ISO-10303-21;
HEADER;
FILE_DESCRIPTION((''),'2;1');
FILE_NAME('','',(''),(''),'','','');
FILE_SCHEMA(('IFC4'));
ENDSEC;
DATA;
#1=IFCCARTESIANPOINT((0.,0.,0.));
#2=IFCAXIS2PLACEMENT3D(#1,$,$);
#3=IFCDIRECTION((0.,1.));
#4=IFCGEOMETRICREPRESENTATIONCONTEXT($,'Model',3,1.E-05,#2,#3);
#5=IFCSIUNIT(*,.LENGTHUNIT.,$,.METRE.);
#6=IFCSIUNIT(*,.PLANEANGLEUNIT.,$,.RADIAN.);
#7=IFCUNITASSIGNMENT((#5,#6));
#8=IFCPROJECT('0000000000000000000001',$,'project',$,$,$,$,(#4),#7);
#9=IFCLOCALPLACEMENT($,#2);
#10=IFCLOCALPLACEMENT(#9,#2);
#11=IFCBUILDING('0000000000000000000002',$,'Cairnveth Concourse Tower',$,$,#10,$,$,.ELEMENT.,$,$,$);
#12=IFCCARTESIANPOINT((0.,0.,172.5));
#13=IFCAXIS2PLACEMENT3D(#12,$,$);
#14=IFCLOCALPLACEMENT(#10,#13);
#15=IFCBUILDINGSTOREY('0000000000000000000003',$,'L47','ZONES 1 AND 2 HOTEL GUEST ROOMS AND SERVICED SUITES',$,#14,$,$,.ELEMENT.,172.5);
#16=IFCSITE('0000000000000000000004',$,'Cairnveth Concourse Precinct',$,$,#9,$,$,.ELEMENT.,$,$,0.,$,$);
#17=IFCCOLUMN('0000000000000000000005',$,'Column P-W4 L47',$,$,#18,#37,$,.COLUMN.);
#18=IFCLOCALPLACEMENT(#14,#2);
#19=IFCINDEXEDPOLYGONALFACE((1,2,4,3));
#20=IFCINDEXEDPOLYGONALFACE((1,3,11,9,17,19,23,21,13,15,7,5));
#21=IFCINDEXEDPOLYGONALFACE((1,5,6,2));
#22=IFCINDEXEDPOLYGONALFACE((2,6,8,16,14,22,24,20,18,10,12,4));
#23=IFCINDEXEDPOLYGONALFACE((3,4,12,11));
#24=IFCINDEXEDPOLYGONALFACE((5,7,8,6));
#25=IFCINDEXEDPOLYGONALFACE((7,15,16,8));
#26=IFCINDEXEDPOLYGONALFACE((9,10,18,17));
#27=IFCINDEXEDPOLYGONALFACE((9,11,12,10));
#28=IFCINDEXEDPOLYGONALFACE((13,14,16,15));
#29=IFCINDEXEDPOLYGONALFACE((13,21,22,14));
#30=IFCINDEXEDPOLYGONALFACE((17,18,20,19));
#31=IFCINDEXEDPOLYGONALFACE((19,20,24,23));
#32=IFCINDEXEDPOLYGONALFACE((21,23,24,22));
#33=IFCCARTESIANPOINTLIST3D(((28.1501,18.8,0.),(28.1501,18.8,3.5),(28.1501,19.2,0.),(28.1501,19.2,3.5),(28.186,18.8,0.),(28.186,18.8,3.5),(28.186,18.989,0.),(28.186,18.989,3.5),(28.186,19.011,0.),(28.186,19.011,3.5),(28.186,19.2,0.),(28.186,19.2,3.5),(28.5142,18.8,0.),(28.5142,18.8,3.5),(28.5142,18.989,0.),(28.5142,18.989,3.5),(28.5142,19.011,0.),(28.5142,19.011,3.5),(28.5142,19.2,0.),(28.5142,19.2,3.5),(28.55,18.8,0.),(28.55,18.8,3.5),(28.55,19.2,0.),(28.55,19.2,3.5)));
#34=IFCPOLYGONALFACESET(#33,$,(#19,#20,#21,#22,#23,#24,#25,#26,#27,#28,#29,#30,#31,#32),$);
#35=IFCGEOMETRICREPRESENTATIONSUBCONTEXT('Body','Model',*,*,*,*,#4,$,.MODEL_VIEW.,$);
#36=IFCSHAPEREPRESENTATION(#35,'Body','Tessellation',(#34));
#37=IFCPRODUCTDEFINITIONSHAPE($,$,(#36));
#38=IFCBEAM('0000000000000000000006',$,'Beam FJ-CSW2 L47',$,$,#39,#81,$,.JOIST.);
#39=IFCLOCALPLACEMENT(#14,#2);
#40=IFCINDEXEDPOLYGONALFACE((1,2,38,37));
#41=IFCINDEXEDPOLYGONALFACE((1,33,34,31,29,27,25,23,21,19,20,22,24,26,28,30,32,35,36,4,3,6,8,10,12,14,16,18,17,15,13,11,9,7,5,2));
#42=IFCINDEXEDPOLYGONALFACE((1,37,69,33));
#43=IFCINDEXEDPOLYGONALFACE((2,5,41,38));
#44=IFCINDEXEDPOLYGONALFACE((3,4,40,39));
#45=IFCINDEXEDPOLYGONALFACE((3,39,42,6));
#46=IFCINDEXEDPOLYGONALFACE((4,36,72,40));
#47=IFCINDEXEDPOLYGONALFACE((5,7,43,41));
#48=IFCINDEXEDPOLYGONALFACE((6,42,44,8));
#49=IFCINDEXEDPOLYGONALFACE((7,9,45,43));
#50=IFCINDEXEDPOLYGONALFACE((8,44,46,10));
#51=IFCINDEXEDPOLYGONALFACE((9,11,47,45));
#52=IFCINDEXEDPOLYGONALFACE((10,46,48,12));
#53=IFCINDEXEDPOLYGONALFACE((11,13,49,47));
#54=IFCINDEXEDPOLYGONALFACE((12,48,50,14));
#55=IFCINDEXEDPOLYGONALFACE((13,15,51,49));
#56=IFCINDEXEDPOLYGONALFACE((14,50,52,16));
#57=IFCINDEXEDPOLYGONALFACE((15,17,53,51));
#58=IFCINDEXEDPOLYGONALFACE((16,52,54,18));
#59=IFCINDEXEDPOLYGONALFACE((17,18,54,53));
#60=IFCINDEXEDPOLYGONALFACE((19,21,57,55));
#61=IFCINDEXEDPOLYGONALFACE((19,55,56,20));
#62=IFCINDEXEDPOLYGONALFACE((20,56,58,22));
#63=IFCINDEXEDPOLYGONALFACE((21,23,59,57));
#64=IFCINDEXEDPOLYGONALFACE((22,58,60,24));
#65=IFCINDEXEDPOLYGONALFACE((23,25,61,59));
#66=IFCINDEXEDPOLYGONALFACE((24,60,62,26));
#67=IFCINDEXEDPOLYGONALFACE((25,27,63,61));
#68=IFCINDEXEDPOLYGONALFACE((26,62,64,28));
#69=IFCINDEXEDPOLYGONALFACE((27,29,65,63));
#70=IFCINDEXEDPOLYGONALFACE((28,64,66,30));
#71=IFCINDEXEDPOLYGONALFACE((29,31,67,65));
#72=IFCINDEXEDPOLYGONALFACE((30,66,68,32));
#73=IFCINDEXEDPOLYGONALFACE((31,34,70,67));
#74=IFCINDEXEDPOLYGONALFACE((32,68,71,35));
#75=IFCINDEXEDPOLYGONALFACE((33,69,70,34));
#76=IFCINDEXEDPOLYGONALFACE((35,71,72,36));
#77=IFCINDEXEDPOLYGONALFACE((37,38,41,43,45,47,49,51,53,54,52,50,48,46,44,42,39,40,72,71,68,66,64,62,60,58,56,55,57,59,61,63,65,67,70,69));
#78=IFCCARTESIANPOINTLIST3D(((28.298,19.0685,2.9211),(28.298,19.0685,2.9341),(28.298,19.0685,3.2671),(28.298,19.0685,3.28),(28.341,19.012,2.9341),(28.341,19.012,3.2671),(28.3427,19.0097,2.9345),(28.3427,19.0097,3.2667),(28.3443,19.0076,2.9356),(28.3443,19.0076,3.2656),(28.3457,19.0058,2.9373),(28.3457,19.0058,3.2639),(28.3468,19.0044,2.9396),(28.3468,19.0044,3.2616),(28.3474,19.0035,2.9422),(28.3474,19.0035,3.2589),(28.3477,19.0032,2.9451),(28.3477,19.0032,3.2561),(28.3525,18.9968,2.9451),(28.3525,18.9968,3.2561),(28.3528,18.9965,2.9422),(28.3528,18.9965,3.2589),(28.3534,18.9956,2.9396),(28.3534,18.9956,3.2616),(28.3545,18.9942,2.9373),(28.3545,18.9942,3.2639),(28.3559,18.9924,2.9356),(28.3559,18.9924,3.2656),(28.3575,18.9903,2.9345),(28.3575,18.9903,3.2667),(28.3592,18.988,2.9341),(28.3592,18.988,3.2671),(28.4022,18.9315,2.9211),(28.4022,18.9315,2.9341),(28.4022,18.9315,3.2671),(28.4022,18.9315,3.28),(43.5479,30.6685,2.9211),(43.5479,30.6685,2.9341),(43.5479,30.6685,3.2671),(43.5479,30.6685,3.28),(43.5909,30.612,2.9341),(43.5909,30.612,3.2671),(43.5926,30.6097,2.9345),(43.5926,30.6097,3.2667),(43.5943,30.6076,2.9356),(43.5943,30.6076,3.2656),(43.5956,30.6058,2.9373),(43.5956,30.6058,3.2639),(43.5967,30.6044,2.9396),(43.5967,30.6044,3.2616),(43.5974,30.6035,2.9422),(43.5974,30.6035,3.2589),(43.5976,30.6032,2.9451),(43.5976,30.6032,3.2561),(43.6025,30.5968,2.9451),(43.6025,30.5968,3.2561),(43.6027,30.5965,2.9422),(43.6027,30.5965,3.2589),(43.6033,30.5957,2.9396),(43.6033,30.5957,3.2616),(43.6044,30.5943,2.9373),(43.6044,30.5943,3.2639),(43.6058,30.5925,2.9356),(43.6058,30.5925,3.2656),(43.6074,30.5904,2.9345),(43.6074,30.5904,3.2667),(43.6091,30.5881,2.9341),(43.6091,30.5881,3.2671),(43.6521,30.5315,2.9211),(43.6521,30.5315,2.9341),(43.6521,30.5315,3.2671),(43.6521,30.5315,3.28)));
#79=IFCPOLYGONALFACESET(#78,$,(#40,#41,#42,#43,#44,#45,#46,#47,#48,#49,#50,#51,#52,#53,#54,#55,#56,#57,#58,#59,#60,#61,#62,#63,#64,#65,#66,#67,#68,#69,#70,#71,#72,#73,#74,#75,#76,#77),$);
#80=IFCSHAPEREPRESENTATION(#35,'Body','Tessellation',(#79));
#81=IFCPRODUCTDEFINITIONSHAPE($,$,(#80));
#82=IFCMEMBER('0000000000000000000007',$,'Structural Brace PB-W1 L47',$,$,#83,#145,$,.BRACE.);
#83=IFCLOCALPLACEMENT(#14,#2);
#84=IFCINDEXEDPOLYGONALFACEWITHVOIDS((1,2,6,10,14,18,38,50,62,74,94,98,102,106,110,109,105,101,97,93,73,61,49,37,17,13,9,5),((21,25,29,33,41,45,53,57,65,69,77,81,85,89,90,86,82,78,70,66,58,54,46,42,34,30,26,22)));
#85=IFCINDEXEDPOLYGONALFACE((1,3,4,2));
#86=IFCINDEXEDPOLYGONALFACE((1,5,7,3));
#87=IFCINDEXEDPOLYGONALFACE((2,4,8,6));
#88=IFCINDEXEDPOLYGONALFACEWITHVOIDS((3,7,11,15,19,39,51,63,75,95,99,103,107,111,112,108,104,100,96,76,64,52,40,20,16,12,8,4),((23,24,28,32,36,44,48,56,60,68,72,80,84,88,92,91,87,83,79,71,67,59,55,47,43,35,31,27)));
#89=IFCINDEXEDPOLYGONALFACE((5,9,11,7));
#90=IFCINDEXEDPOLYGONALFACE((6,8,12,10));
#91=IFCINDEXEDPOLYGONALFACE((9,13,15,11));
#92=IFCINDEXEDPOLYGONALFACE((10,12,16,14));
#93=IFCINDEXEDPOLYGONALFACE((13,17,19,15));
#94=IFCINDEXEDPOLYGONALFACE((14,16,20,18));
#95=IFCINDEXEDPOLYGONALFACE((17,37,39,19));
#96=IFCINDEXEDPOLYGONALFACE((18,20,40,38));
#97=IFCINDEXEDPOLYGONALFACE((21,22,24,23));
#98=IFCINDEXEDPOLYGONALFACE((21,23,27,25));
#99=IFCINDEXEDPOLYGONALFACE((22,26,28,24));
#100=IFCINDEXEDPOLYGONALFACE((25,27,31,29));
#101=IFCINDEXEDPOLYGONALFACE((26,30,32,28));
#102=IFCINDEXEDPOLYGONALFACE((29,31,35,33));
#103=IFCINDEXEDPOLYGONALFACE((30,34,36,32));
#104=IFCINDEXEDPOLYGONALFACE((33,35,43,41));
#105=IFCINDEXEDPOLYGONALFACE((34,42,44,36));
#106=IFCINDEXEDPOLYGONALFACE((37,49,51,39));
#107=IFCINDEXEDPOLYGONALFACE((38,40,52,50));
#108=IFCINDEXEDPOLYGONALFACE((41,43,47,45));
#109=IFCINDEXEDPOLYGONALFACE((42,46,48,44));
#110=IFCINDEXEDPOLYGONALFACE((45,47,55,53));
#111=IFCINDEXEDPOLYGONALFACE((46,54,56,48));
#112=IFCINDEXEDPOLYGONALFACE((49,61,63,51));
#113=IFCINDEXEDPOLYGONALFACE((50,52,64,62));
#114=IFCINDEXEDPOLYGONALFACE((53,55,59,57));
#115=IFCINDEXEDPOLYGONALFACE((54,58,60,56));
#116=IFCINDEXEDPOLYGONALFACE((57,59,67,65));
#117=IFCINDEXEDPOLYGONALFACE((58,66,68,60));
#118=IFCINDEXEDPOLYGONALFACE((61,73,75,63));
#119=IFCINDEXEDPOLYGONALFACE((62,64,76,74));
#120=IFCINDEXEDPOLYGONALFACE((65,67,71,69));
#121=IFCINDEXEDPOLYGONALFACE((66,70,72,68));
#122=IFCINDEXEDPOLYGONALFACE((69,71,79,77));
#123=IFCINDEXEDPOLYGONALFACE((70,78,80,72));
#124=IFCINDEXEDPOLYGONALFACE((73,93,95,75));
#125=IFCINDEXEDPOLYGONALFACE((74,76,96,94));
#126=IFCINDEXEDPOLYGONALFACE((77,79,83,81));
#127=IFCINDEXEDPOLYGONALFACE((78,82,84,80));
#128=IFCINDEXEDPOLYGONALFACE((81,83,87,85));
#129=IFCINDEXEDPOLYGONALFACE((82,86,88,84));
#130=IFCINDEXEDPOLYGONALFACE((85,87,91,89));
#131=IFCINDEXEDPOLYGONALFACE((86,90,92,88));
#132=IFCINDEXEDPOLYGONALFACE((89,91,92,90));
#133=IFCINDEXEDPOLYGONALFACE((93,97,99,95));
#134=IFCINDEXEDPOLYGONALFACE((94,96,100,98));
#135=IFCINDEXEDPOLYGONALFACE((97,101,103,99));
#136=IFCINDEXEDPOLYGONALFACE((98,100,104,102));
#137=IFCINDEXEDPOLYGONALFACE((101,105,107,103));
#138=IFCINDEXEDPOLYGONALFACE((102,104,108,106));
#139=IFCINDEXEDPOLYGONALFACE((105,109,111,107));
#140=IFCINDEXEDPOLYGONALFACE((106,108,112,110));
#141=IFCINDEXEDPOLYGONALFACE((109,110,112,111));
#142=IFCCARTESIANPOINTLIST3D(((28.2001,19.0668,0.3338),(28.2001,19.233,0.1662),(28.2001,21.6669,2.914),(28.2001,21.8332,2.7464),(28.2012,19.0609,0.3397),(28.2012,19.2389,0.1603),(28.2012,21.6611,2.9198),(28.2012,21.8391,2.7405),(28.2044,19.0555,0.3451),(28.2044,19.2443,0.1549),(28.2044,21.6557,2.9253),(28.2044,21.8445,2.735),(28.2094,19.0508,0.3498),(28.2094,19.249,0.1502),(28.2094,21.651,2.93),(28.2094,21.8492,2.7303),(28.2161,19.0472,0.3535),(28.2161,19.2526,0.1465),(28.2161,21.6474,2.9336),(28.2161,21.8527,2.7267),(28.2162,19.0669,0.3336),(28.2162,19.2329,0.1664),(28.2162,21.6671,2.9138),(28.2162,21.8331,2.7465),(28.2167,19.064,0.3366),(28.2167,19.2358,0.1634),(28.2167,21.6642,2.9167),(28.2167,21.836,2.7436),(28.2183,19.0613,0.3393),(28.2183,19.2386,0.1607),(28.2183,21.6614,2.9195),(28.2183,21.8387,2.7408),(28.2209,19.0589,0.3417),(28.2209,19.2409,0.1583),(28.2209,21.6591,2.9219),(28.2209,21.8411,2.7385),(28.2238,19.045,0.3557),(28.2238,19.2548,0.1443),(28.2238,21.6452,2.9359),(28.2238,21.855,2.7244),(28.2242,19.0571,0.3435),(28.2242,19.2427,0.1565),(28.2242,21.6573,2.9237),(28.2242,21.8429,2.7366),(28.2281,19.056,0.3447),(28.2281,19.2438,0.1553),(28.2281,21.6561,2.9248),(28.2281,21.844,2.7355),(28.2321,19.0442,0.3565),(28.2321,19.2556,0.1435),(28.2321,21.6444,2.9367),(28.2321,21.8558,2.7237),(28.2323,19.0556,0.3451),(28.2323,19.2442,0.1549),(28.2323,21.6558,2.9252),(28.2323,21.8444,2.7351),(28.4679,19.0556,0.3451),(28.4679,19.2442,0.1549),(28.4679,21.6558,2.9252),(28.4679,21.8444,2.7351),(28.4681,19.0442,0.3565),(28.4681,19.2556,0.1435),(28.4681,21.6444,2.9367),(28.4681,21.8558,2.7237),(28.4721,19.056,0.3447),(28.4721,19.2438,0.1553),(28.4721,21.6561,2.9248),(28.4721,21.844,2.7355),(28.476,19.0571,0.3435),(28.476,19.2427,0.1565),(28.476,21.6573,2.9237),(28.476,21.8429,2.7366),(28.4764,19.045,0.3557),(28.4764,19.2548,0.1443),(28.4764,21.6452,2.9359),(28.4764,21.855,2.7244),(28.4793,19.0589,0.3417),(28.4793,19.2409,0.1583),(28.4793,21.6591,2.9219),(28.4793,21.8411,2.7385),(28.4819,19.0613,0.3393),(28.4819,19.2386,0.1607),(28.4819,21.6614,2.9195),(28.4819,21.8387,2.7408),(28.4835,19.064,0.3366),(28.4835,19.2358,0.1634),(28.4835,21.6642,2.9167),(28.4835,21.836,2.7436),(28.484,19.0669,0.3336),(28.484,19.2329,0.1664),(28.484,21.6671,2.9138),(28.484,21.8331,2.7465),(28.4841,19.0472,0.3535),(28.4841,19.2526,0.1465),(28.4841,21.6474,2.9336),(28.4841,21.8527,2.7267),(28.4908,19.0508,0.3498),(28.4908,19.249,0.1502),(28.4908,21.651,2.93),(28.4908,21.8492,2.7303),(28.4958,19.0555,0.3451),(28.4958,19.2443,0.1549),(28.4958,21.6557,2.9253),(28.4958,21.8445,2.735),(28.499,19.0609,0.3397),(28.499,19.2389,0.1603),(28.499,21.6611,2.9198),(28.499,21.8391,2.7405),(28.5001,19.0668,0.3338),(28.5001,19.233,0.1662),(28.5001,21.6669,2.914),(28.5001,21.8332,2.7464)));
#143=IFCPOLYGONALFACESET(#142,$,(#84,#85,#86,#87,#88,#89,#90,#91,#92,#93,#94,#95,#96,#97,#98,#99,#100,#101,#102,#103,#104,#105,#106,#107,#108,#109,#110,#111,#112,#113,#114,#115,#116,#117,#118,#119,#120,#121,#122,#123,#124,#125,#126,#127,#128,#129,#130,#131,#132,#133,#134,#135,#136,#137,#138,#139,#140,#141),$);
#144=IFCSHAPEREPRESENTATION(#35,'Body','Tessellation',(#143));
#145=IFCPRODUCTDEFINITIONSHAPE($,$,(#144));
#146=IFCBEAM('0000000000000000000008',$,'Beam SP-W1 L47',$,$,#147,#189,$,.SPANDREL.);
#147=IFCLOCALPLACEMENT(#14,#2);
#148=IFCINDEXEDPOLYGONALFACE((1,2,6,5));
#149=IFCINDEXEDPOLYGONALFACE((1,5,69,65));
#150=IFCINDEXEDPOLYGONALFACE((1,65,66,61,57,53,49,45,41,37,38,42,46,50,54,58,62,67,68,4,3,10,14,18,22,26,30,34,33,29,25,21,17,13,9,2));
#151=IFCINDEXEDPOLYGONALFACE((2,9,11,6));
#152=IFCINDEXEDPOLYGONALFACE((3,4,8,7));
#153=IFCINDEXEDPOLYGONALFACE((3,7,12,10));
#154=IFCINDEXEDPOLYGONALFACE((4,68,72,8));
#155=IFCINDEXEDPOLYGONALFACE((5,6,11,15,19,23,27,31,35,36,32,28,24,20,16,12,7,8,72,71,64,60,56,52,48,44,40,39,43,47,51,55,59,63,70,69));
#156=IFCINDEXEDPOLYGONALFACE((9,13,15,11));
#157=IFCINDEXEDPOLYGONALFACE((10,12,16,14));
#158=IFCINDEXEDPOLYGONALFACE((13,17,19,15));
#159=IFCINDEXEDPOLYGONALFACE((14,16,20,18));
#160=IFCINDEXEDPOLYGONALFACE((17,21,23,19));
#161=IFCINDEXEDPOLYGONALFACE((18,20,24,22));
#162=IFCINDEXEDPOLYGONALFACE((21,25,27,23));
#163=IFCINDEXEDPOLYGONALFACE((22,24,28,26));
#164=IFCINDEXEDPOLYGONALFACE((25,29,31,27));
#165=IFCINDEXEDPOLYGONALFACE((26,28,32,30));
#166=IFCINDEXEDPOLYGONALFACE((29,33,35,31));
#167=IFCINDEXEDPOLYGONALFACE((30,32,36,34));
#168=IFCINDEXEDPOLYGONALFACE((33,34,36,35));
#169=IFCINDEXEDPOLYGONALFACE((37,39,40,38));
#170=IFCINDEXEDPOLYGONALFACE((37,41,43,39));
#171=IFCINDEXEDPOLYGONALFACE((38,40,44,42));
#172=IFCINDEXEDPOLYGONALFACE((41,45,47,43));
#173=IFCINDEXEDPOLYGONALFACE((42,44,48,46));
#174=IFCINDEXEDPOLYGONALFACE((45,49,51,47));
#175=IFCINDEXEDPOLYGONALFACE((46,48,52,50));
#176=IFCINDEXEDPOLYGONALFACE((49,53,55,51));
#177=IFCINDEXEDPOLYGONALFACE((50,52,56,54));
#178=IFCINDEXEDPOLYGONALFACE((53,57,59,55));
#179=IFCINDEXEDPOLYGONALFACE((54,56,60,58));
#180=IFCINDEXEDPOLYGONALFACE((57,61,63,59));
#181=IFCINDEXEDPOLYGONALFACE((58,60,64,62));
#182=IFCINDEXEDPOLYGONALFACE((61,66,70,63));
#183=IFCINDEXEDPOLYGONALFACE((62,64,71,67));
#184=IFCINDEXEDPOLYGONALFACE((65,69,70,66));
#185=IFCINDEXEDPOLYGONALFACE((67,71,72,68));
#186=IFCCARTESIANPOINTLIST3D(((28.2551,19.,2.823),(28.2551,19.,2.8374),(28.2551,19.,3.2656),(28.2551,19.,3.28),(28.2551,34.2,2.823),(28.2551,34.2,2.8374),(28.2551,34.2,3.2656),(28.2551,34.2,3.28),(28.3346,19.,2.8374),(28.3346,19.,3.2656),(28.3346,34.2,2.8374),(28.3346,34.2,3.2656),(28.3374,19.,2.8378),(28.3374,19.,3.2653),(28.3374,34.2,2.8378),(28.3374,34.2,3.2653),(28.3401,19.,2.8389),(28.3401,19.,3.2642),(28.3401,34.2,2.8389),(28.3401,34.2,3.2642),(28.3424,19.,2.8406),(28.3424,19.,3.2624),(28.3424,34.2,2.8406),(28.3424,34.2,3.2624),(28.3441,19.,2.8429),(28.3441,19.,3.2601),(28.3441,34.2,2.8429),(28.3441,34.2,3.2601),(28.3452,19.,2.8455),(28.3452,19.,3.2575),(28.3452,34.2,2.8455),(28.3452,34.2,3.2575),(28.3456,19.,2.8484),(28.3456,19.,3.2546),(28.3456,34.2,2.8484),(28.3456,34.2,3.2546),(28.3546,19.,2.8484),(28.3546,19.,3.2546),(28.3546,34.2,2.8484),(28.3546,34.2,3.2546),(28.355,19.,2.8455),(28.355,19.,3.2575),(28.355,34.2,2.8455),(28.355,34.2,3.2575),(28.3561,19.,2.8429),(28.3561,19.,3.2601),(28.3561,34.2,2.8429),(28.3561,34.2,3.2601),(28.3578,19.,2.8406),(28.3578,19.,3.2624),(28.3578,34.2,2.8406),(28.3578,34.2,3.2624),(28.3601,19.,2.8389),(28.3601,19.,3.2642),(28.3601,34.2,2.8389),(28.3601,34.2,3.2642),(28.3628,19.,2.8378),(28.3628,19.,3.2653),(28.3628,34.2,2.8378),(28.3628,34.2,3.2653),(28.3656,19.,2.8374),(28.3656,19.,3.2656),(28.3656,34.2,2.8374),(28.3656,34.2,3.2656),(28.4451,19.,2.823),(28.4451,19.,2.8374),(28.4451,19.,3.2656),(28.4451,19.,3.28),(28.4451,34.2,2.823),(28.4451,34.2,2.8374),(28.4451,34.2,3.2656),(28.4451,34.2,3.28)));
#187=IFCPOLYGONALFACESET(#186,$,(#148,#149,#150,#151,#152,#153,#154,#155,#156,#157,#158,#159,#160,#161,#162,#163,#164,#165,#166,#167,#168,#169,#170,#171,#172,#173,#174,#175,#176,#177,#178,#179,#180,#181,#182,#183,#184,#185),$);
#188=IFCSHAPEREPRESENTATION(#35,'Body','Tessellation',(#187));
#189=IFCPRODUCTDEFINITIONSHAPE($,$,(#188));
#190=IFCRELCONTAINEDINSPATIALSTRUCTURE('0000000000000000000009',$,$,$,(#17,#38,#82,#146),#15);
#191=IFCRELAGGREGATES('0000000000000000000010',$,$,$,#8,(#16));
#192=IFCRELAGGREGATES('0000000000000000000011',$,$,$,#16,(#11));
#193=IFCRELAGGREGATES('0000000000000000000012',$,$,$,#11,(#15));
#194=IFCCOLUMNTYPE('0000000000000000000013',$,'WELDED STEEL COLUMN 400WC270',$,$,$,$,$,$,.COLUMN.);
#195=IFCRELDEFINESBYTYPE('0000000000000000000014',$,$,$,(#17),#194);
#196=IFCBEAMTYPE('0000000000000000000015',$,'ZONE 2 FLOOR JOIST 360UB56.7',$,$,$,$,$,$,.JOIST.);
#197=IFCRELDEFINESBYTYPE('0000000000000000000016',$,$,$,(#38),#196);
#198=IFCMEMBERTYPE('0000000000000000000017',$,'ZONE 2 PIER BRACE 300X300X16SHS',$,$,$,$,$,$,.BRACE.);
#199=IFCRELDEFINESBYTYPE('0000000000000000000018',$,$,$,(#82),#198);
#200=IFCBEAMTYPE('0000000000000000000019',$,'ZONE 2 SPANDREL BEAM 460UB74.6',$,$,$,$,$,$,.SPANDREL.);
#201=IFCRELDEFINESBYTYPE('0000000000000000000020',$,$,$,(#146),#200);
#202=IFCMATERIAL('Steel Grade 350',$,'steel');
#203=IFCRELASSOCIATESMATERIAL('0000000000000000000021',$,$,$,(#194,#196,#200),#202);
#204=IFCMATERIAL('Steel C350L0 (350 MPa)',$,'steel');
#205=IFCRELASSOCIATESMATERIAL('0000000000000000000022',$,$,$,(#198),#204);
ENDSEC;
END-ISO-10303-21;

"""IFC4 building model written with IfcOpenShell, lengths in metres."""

from ifc_helpers import new_model, si_unit, direction, frame, origin, origin_2d, place, context, subcontext, project, spatial, hollow_rectangle, i_section, extrude, material, material_profile, profile_set, type_object, element, save


model = new_model("IFC4")

# Units and contexts
model_context = context("Model", 3, precision=1e-05, world=origin(), true_north=direction((0.0, 1.0)))
body_context = subcontext(model_context, "Body", "Model", "MODEL_VIEW")
ifc_project = project(units=[si_unit("LENGTHUNIT", "METRE"), si_unit("PLANEANGLEUNIT", "RADIAN")], contexts=[model_context])

# Site, building, storey
site_placement = place(None, origin())
site = spatial("IfcSite", under=ifc_project, at=site_placement, Name="Cairnveth Concourse Precinct", CompositionType="ELEMENT", RefElevation=0.0)
building_placement = place(site_placement, origin())
building = spatial("IfcBuilding", under=site, at=building_placement, Name="Cairnveth Concourse Tower", CompositionType="ELEMENT")
storey_placement = place(building_placement, frame((0.0, 0.0, 172.5)))
storey = spatial("IfcBuildingStorey", under=building, at=storey_placement, Name="L47", Description="ZONES 1 AND 2 HOTEL GUEST ROOMS AND SERVICED SUITES", CompositionType="ELEMENT", Elevation=172.5)

# Column
ifc_material_1 = material(Name="Steel Grade 350", Category="steel")
ifc_material_profile_1 = material_profile(ifc_material_1, i_section(OverallWidth=0.3999, OverallDepth=0.3999, WebThickness=0.022, FlangeThickness=0.0359, at=origin_2d()), Name="400WC270")
ifc_profile_set_1 = profile_set([ifc_material_profile_1], Name="Steel Grade 350")
column_type = type_object("IfcColumnType", Name="WELDED STEEL COLUMN 400WC270", PredefinedType="COLUMN", material=ifc_profile_set_1)
column_placement = place(storey_placement, frame((28.3501, 19.0, 0.0), z_axis=(0.0, 0.0, 1.0), x_axis=(0.0, 1.0, 0.0)))
element("IfcColumn", 1, at=column_placement, inside=storey, type_object=column_type, Name="Column P-W4 L47", PredefinedType="COLUMN", context=body_context, shape_type="SweptSolid", body=[
    extrude(i_section(OverallWidth=0.3999, OverallDepth=0.3999, WebThickness=0.022, FlangeThickness=0.0359, at=origin_2d()), origin(), (0.0, 0.0, 1.0), 3.5),
])

# Beam
ifc_material_profile_2 = material_profile(ifc_material_1, i_section(OverallWidth=0.1721, OverallDepth=0.3589, WebThickness=0.0081, FlangeThickness=0.0129, FilletRadius=0.011, at=origin_2d()), Name="360UB56.7")
ifc_profile_set_2 = profile_set([ifc_material_profile_2], Name="Steel Grade 350")
beam_type_1 = type_object("IfcBeamType", Name="ZONE 2 FLOOR JOIST 360UB56.7", PredefinedType="JOIST", material=ifc_profile_set_2)
beam_1_placement = place(storey_placement, frame((28.3501, 19.0, 3.1006), z_axis=(0.795908, 0.605417, 0.0), x_axis=(-0.605417, 0.795908, 0.0)))
element("IfcBeam", 2, at=beam_1_placement, inside=storey, type_object=beam_type_1, Name="Beam FJ-CSW2 L47", PredefinedType="JOIST", context=body_context, shape_type="SweptSolid", body=[
    extrude(i_section(OverallWidth=0.1721, OverallDepth=0.3589, WebThickness=0.0081, FlangeThickness=0.0129, FilletRadius=0.011, at=origin_2d()), origin(), (0.0, 0.0, 1.0), 19.1604),
])

# Member
ifc_material_2 = material(Name="Steel C350L0 (350 MPa)", Category="steel")
ifc_material_profile_3 = material_profile(ifc_material_2, hollow_rectangle(XDim=0.3, YDim=0.3, WallThickness=0.0161, InnerFilletRadius=0.0161, OuterFilletRadius=0.032, at=origin_2d()), Name="300x300x16.0SHS")
ifc_profile_set_3 = profile_set([ifc_material_profile_3], Name="Steel C350L0 (350 MPa)")
member_type = type_object("IfcMemberType", Name="ZONE 2 PIER BRACE 300X300X16SHS", PredefinedType="BRACE", material=ifc_profile_set_3)
member_placement = place(storey_placement, frame((28.3501, 19.1499, 0.25), z_axis=(0.0, 0.709834, 0.704369), x_axis=(-1.0, 0.0, 0.0)))
element("IfcMember", 3, at=member_placement, inside=storey, type_object=member_type, Name="Structural Brace PB-W1 L47", PredefinedType="BRACE", context=body_context, shape_type="SweptSolid", body=[
    extrude(hollow_rectangle(XDim=0.3, YDim=0.3, WallThickness=0.0161, InnerFilletRadius=0.0161, OuterFilletRadius=0.032, at=origin_2d()), origin(), (0.0, 0.0, 1.0), 3.6631),
])

# Beam
ifc_material_profile_4 = material_profile(ifc_material_1, i_section(OverallWidth=0.1899, OverallDepth=0.457, WebThickness=0.009, FlangeThickness=0.0144, FilletRadius=0.011, at=origin_2d()), Name="460UB74.6")
ifc_profile_set_4 = profile_set([ifc_material_profile_4], Name="Steel Grade 350")
beam_type_2 = type_object("IfcBeamType", Name="ZONE 2 SPANDREL BEAM 460UB74.6", PredefinedType="SPANDREL", material=ifc_profile_set_4)
beam_2_placement = place(storey_placement, frame((28.3501, 19.0, 3.0515), z_axis=(0.0, 1.0, 0.0), x_axis=(-1.0, 0.0, 0.0)))
element("IfcBeam", 4, at=beam_2_placement, inside=storey, type_object=beam_type_2, Name="Beam SP-W1 L47", PredefinedType="SPANDREL", context=body_context, shape_type="SweptSolid", body=[
    extrude(i_section(OverallWidth=0.1899, OverallDepth=0.457, WebThickness=0.009, FlangeThickness=0.0144, FilletRadius=0.011, at=origin_2d()), origin(), (0.0, 0.0, 1.0), 15.2),
])

save(model, "model.ifc")
